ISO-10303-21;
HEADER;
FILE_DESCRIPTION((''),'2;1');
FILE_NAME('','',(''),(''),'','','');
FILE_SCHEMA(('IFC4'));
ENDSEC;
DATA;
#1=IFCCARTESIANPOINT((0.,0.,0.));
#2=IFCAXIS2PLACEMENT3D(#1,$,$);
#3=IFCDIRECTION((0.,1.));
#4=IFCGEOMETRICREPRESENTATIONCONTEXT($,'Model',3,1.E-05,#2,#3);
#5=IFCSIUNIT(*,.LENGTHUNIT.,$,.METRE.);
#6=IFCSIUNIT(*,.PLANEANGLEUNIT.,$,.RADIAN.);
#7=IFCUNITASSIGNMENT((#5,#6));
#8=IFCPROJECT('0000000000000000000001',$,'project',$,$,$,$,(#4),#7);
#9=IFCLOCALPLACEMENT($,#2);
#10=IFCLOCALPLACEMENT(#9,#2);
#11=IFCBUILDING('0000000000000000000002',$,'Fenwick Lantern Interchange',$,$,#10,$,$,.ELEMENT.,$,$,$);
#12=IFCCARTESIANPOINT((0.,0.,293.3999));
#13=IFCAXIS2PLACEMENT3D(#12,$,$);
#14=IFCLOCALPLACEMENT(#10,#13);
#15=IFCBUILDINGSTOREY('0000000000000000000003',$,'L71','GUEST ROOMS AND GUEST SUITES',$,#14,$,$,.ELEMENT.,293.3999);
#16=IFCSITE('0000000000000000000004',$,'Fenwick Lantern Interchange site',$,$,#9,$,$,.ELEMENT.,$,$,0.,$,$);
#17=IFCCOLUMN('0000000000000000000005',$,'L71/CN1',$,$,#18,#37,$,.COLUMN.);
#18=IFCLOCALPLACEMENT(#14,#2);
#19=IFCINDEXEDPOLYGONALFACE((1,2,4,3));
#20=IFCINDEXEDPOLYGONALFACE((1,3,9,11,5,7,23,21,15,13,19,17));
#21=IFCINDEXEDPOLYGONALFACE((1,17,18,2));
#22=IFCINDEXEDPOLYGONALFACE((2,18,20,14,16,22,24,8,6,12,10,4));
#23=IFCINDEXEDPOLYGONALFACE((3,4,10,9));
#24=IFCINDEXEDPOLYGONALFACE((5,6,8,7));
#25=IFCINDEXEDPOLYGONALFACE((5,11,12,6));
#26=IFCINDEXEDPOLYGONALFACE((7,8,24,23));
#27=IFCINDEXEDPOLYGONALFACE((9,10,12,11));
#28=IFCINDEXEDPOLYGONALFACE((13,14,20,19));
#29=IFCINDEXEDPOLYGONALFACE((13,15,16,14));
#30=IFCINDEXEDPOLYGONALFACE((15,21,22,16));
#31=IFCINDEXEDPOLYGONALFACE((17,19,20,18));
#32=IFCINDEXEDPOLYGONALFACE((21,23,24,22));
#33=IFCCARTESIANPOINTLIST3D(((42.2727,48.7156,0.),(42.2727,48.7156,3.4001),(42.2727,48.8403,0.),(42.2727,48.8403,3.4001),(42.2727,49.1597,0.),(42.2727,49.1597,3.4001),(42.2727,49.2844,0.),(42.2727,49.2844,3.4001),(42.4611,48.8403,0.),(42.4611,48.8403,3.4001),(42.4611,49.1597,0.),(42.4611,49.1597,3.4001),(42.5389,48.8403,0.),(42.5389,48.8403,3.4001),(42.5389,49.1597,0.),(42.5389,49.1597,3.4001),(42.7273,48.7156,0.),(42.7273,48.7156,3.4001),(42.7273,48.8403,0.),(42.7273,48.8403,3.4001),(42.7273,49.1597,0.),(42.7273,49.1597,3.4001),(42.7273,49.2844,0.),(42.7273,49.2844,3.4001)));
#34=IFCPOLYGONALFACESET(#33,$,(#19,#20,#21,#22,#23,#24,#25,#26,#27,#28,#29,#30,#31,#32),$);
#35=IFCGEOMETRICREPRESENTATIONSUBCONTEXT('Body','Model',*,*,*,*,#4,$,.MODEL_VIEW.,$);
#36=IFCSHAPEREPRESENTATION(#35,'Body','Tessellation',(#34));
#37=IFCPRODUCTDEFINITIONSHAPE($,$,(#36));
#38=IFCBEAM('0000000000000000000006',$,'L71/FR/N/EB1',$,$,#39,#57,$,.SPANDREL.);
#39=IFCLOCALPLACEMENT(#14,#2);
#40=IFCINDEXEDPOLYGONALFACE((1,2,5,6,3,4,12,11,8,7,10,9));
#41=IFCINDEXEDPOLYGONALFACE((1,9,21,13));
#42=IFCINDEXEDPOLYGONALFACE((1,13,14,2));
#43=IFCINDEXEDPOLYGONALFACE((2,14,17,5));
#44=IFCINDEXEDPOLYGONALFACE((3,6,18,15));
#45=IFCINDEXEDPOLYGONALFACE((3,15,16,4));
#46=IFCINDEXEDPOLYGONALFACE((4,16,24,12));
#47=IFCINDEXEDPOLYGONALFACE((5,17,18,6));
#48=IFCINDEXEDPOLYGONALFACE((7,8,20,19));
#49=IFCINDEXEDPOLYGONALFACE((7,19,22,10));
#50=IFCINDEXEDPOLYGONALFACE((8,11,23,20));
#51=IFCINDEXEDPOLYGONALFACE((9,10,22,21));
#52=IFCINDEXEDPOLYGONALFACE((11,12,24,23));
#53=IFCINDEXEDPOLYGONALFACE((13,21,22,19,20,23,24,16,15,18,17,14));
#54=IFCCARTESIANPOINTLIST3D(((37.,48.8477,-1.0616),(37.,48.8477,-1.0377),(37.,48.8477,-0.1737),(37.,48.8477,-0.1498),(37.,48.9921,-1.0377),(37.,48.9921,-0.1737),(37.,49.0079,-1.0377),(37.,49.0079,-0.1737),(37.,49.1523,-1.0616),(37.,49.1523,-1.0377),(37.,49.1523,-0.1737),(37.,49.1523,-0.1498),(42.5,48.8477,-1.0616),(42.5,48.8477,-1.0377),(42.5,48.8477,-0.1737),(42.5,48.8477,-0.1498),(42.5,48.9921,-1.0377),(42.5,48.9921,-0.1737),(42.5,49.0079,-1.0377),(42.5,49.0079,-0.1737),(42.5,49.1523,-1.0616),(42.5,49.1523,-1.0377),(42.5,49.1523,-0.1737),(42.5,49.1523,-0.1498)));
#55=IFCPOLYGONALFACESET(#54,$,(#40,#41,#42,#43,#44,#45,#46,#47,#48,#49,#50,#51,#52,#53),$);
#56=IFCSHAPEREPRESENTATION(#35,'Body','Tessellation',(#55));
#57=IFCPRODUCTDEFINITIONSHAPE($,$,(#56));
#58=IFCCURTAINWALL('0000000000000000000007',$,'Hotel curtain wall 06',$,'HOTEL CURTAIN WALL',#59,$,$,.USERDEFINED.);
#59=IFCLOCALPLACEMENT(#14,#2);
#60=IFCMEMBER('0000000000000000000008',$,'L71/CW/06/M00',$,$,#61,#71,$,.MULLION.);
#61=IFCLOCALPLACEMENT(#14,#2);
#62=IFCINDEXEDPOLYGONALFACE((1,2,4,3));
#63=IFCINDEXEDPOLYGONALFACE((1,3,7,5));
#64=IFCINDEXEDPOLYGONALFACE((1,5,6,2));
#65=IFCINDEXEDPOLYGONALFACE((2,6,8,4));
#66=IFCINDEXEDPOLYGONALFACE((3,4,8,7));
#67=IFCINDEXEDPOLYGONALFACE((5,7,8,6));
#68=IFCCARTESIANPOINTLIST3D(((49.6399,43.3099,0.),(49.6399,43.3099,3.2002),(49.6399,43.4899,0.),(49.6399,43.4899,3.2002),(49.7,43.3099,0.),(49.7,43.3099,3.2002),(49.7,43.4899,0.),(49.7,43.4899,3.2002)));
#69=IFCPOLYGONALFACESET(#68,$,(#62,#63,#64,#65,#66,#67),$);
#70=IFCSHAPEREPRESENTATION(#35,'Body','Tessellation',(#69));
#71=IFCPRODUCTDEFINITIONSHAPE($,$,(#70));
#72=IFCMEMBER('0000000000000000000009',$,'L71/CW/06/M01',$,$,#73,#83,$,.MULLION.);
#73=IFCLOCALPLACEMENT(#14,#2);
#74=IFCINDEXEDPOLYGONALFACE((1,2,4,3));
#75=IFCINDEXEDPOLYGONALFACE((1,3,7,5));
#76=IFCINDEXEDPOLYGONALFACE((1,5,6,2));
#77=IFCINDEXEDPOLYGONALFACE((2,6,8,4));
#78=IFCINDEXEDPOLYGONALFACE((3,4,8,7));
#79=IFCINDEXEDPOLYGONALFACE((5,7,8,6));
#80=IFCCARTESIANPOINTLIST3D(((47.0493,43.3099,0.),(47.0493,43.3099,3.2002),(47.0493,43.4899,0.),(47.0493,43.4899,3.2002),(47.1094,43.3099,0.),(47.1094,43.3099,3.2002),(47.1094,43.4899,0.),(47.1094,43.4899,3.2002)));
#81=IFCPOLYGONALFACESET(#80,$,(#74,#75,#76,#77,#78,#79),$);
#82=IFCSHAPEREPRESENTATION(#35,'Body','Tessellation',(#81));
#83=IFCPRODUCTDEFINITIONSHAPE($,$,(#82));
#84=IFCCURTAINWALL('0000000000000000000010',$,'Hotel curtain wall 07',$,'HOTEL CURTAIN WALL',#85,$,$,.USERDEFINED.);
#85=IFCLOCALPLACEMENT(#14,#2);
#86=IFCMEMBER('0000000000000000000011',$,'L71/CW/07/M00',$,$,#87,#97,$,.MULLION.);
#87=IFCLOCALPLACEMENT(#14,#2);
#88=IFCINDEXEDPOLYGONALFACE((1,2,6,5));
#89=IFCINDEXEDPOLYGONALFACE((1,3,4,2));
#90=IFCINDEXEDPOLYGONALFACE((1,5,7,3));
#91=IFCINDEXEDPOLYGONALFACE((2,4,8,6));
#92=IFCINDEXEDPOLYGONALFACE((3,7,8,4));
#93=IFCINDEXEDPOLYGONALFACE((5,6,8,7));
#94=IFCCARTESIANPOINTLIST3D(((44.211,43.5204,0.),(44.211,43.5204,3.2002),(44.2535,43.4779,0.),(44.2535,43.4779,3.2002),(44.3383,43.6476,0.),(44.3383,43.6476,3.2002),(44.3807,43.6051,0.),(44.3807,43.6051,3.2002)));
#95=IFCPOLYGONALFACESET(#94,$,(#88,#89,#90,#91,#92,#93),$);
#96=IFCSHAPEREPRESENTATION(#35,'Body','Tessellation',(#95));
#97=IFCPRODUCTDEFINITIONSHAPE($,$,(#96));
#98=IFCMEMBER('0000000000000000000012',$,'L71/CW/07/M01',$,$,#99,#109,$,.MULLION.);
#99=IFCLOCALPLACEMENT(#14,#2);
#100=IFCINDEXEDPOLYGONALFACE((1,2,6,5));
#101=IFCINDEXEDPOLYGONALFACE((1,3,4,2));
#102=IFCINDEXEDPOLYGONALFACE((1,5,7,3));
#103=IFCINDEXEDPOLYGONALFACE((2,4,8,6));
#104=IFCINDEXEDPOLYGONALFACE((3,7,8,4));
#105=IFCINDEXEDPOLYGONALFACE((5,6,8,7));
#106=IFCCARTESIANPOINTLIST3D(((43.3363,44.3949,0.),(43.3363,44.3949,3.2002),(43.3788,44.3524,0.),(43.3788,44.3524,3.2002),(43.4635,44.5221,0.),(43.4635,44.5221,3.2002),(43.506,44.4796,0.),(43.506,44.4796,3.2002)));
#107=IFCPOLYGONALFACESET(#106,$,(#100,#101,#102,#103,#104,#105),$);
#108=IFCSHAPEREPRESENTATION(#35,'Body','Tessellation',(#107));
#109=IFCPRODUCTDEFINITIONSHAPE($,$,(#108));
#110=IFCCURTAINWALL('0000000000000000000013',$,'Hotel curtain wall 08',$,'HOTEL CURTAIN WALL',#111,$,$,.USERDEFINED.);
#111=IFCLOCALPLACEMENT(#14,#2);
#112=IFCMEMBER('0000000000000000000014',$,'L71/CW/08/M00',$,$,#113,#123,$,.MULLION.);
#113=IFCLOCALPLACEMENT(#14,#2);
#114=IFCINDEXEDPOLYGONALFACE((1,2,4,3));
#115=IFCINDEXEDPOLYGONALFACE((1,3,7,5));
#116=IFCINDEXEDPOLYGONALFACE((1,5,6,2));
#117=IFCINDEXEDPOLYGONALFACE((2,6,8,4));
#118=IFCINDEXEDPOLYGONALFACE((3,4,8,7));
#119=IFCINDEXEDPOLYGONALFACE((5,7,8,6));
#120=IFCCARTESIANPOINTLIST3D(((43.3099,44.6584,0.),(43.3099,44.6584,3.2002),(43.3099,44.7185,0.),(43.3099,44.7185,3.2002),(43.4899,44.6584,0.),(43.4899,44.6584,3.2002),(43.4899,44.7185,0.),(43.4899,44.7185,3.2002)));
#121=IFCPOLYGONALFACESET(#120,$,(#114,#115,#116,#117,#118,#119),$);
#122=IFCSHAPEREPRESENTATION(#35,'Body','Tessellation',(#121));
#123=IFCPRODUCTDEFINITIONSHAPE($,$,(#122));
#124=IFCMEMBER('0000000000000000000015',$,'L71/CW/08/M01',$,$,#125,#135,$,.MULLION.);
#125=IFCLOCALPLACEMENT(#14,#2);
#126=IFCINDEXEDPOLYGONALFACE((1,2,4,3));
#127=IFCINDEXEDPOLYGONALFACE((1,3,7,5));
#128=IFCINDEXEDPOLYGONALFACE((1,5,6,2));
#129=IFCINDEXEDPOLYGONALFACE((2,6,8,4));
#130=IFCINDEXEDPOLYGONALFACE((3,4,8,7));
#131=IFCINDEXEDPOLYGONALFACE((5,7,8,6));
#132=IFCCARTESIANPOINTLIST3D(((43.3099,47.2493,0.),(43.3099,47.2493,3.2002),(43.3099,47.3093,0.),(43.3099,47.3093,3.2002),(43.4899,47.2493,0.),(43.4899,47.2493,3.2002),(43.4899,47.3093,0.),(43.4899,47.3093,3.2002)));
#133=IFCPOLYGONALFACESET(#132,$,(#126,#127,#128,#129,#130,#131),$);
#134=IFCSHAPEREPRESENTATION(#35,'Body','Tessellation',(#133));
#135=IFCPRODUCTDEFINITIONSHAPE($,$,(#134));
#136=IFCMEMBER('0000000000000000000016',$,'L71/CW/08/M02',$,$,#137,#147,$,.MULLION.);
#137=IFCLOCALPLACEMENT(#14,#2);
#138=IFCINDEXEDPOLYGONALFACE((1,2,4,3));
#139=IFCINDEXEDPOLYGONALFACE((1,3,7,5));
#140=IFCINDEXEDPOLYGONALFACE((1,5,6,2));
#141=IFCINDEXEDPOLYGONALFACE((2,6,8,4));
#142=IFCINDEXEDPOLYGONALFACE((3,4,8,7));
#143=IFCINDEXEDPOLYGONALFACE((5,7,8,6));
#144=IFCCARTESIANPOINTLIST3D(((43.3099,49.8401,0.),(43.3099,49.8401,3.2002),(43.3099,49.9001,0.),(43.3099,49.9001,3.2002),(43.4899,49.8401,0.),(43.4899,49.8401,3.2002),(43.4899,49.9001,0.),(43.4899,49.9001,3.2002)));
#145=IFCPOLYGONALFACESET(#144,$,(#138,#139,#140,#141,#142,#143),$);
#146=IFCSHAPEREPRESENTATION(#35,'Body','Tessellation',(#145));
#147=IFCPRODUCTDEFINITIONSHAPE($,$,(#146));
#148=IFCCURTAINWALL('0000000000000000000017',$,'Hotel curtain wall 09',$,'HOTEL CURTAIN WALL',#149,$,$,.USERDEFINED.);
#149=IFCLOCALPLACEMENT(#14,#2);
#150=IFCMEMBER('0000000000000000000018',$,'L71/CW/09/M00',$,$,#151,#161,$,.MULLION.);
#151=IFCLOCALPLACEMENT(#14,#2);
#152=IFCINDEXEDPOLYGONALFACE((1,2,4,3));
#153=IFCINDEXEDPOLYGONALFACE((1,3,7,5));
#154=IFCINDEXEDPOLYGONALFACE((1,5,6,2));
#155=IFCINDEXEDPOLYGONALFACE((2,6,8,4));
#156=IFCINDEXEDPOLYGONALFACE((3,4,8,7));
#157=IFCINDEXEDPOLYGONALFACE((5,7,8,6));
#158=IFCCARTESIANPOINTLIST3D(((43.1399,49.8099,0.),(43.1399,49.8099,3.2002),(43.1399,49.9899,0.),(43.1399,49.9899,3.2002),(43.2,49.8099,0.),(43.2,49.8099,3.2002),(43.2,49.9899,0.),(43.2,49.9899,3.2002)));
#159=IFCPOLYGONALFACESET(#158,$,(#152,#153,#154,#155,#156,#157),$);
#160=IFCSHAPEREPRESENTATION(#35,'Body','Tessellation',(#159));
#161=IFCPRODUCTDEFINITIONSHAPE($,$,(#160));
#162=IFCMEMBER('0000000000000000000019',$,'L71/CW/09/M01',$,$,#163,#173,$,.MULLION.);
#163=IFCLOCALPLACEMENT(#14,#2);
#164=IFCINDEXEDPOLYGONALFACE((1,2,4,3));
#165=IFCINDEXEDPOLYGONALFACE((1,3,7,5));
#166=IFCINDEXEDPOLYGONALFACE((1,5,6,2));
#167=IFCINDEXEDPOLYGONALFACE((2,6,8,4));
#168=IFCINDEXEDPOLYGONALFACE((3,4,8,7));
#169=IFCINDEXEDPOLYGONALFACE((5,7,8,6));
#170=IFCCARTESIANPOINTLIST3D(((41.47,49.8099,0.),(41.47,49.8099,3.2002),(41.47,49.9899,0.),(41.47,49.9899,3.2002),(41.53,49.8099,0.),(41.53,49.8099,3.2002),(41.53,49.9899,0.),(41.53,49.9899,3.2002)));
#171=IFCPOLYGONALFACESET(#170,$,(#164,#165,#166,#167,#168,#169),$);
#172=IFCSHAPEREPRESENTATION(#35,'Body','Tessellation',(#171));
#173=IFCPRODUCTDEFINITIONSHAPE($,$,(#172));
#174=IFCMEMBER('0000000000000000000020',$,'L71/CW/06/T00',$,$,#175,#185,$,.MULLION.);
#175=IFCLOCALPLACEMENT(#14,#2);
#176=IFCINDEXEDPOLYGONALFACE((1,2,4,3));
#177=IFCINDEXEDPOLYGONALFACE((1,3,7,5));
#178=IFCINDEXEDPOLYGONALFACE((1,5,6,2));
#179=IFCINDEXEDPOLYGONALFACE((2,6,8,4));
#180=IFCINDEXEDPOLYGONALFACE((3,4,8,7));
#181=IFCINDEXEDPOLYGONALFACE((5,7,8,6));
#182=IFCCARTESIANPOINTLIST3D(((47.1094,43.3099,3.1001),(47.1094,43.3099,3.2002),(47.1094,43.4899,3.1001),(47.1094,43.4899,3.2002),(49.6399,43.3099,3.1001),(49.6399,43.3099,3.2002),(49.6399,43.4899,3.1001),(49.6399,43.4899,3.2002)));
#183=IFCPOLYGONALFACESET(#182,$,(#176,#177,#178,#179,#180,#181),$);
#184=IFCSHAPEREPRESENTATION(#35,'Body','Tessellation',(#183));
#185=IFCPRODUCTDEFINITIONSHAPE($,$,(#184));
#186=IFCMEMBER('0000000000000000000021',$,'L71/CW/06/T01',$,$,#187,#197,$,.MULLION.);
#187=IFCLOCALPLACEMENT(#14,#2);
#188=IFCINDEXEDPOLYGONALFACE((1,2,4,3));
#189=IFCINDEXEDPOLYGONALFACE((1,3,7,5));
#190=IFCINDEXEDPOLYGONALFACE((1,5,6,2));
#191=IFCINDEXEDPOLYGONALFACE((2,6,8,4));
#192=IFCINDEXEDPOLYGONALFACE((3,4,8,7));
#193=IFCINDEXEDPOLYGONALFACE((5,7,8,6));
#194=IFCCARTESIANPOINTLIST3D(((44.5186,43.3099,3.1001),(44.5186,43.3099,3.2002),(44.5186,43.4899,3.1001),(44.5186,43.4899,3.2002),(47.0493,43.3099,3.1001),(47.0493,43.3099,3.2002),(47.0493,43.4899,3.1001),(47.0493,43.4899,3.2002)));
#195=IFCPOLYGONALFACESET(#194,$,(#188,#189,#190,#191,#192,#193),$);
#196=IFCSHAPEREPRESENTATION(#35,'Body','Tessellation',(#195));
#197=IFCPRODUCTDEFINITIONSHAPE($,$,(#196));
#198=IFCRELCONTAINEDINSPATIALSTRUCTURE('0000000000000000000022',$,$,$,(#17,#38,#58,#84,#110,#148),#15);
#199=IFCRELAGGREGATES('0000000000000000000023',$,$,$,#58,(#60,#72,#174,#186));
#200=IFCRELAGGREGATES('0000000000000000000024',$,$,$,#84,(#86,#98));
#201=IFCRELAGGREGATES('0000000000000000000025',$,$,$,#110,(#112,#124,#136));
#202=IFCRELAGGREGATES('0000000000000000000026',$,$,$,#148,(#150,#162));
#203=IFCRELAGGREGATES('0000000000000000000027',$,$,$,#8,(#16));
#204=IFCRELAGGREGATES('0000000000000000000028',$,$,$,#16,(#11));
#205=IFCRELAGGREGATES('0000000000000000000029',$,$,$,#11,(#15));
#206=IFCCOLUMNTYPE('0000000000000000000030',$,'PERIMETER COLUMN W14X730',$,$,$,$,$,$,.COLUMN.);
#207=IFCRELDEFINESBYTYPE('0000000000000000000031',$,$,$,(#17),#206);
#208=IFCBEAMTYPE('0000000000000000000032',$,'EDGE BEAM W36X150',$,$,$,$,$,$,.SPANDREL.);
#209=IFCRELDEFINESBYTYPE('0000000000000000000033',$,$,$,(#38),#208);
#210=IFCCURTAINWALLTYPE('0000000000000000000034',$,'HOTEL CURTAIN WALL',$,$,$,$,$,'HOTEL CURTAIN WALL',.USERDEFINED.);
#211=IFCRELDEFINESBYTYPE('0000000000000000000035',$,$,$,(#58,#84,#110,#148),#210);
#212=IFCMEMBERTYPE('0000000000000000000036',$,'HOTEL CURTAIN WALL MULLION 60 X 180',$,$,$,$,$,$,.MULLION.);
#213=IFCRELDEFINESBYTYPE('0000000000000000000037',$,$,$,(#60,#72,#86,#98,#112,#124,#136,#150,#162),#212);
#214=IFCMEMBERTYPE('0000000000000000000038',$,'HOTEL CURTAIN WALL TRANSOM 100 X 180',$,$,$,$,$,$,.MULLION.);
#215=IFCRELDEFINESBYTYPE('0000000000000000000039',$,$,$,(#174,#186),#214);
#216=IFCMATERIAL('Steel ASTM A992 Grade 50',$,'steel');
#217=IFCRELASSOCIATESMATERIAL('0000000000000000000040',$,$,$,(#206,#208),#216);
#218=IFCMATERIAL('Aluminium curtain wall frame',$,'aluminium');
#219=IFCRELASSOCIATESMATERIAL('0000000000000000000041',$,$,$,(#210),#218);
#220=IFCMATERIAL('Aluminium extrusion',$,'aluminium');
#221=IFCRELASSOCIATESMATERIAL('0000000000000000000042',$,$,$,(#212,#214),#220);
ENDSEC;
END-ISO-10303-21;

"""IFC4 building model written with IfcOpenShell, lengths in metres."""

from ifc_helpers import new_model, si_unit, direction, frame, origin, origin_2d, place, context, subcontext, project, spatial, rectangle, i_section, extrude, material, material_profile, profile_set, type_object, element, aggregate, save


model = new_model("IFC4")

# Units and contexts
model_context = context("Model", 3, precision=1e-05, world=origin(), true_north=direction((0.0, 1.0)))
body_context = subcontext(model_context, "Body", "Model", "MODEL_VIEW")
ifc_project = project(units=[si_unit("LENGTHUNIT", "METRE"), si_unit("PLANEANGLEUNIT", "RADIAN")], contexts=[model_context])

# Site, building, storey
site_placement = place(None, origin())
site = spatial("IfcSite", under=ifc_project, at=site_placement, Name="Fenwick Lantern Interchange site", CompositionType="ELEMENT", RefElevation=0.0)
building_placement = place(site_placement, origin())
building = spatial("IfcBuilding", under=site, at=building_placement, Name="Fenwick Lantern Interchange", CompositionType="ELEMENT")
storey_placement = place(building_placement, frame((0.0, 0.0, 293.3999)))
storey = spatial("IfcBuildingStorey", under=building, at=storey_placement, Name="L71", Description="GUEST ROOMS AND GUEST SUITES", CompositionType="ELEMENT", Elevation=293.3999)

# Column
ifc_material_1 = material(Name="Steel ASTM A992 Grade 50", Category="steel")
ifc_material_profile_1 = material_profile(ifc_material_1, i_section(OverallWidth=0.4546, OverallDepth=0.5688, WebThickness=0.0779, FlangeThickness=0.1248, at=origin_2d()), Name="W14X730")
ifc_profile_set_1 = profile_set([ifc_material_profile_1], Name="Steel ASTM A992 Grade 50")
column_type = type_object("IfcColumnType", Name="PERIMETER COLUMN W14X730", PredefinedType="COLUMN", material=ifc_profile_set_1)
column_placement = place(storey_placement, frame((42.5, 49.0, 0.0), z_axis=(0.0, 0.0, 1.0), x_axis=(1.0, 0.0, 0.0)))
element("IfcColumn", 1, at=column_placement, inside=storey, type_object=column_type, Name="L71/CN1", PredefinedType="COLUMN", context=body_context, shape_type="SweptSolid", body=[
    extrude(i_section(OverallWidth=0.4546, OverallDepth=0.5688, WebThickness=0.0779, FlangeThickness=0.1248, at=origin_2d()), origin(), (0.0, 0.0, 1.0), 3.4001),
])

# Beam
ifc_material_profile_2 = material_profile(ifc_material_1, i_section(OverallWidth=0.3047, OverallDepth=0.9119, WebThickness=0.0159, FlangeThickness=0.0239, at=origin_2d()), Name="W36X150")
ifc_profile_set_2 = profile_set([ifc_material_profile_2], Name="Steel ASTM A992 Grade 50")
beam_type = type_object("IfcBeamType", Name="EDGE BEAM W36X150", PredefinedType="SPANDREL", material=ifc_profile_set_2)
beam_placement = place(storey_placement, frame((42.5, 49.0, -0.6057), z_axis=(-1.0, 0.0, 0.0), x_axis=(0.0, -1.0, 0.0)))
element("IfcBeam", 2, at=beam_placement, inside=storey, type_object=beam_type, Name="L71/FR/N/EB1", PredefinedType="SPANDREL", context=body_context, shape_type="SweptSolid", body=[
    extrude(i_section(OverallWidth=0.3047, OverallDepth=0.9119, WebThickness=0.0159, FlangeThickness=0.0239, at=origin_2d()), origin(), (0.0, 0.0, 1.0), 5.5),
])

# Curtain walls, members
ifc_material_2 = material(Name="Aluminium curtain wall frame", Category="aluminium")
curtain_wall_type = type_object("IfcCurtainWallType", Name="HOTEL CURTAIN WALL", ElementType="HOTEL CURTAIN WALL", PredefinedType="USERDEFINED", material=ifc_material_2)
curtain_wall_1_placement = place(storey_placement, origin())
curtain_wall_1 = element("IfcCurtainWall", 3, at=curtain_wall_1_placement, inside=storey, type_object=curtain_wall_type, Name="Hotel curtain wall 06", ObjectType="HOTEL CURTAIN WALL", PredefinedType="USERDEFINED")
ifc_material_3 = material(Name="Aluminium extrusion", Category="aluminium")
ifc_material_profile_3 = material_profile(ifc_material_3, rectangle(XDim=0.1799, YDim=0.0601, at=origin_2d()), Name="HOTEL CURTAIN WALL MULLION 60 X 180")
ifc_profile_set_3 = profile_set([ifc_material_profile_3], Name="Aluminium extrusion")
member_type_1 = type_object("IfcMemberType", Name="HOTEL CURTAIN WALL MULLION 60 X 180", PredefinedType="MULLION", material=ifc_profile_set_3)
member_1_placement = place(storey_placement, frame((49.6699, 43.3999, 0.0), z_axis=(0.0, 0.0, 1.0), x_axis=(0.0, -1.0, 0.0)))
member_1 = element("IfcMember", 4, at=member_1_placement, type_object=member_type_1, Name="L71/CW/06/M00", PredefinedType="MULLION", context=body_context, shape_type="SweptSolid", body=[
    extrude(rectangle(XDim=0.1799, YDim=0.0601, at=origin_2d()), origin(), (0.0, 0.0, 1.0), 3.2002),
])
member_2_placement = place(storey_placement, frame((47.0793, 43.3999, 0.0), z_axis=(0.0, 0.0, 1.0), x_axis=(0.0, -1.0, 0.0)))
member_2 = element("IfcMember", 5, at=member_2_placement, type_object=member_type_1, Name="L71/CW/06/M01", PredefinedType="MULLION", context=body_context, shape_type="SweptSolid", body=[
    extrude(rectangle(XDim=0.1799, YDim=0.0601, at=origin_2d()), origin(), (0.0, 0.0, 1.0), 3.2002),
])
curtain_wall_2_placement = place(storey_placement, origin())
curtain_wall_2 = element("IfcCurtainWall", 6, at=curtain_wall_2_placement, inside=storey, type_object=curtain_wall_type, Name="Hotel curtain wall 07", ObjectType="HOTEL CURTAIN WALL", PredefinedType="USERDEFINED")
member_3_placement = place(storey_placement, frame((44.2959, 43.5627, 0.0), z_axis=(0.0, 0.0, 1.0), x_axis=(-0.707107, -0.707107, 0.0)))
member_3 = element("IfcMember", 7, at=member_3_placement, type_object=member_type_1, Name="L71/CW/07/M00", PredefinedType="MULLION", context=body_context, shape_type="SweptSolid", body=[
    extrude(rectangle(XDim=0.1799, YDim=0.0601, at=origin_2d()), origin(), (0.0, 0.0, 1.0), 3.2002),
])
member_4_placement = place(storey_placement, frame((43.4211, 44.4373, 0.0), z_axis=(0.0, 0.0, 1.0), x_axis=(-0.707107, -0.707107, 0.0)))
member_4 = element("IfcMember", 8, at=member_4_placement, type_object=member_type_1, Name="L71/CW/07/M01", PredefinedType="MULLION", context=body_context, shape_type="SweptSolid", body=[
    extrude(rectangle(XDim=0.1799, YDim=0.0601, at=origin_2d()), origin(), (0.0, 0.0, 1.0), 3.2002),
])
curtain_wall_3_placement = place(storey_placement, origin())
curtain_wall_3 = element("IfcCurtainWall", 9, at=curtain_wall_3_placement, inside=storey, type_object=curtain_wall_type, Name="Hotel curtain wall 08", ObjectType="HOTEL CURTAIN WALL", PredefinedType="USERDEFINED")
member_5_placement = place(storey_placement, frame((43.3999, 44.6885, 0.0), z_axis=(0.0, 0.0, 1.0), x_axis=(-1.0, 0.0, 0.0)))
member_5 = element("IfcMember", 10, at=member_5_placement, type_object=member_type_1, Name="L71/CW/08/M00", PredefinedType="MULLION", context=body_context, shape_type="SweptSolid", body=[
    extrude(rectangle(XDim=0.1799, YDim=0.0601, at=origin_2d()), origin(), (0.0, 0.0, 1.0), 3.2002),
])
member_6_placement = place(storey_placement, frame((43.3999, 47.2793, 0.0), z_axis=(0.0, 0.0, 1.0), x_axis=(-1.0, 0.0, 0.0)))
member_6 = element("IfcMember", 11, at=member_6_placement, type_object=member_type_1, Name="L71/CW/08/M01", PredefinedType="MULLION", context=body_context, shape_type="SweptSolid", body=[
    extrude(rectangle(XDim=0.1799, YDim=0.0601, at=origin_2d()), origin(), (0.0, 0.0, 1.0), 3.2002),
])
member_7_placement = place(storey_placement, frame((43.3999, 49.8701, 0.0), z_axis=(0.0, 0.0, 1.0), x_axis=(-1.0, 0.0, 0.0)))
member_7 = element("IfcMember", 12, at=member_7_placement, type_object=member_type_1, Name="L71/CW/08/M02", PredefinedType="MULLION", context=body_context, shape_type="SweptSolid", body=[
    extrude(rectangle(XDim=0.1799, YDim=0.0601, at=origin_2d()), origin(), (0.0, 0.0, 1.0), 3.2002),
])
curtain_wall_4_placement = place(storey_placement, origin())
curtain_wall_4 = element("IfcCurtainWall", 13, at=curtain_wall_4_placement, inside=storey, type_object=curtain_wall_type, Name="Hotel curtain wall 09", ObjectType="HOTEL CURTAIN WALL", PredefinedType="USERDEFINED")
member_8_placement = place(storey_placement, frame((43.1699, 49.8999, 0.0), z_axis=(0.0, 0.0, 1.0), x_axis=(0.0, -1.0, 0.0)))
member_8 = element("IfcMember", 14, at=member_8_placement, type_object=member_type_1, Name="L71/CW/09/M00", PredefinedType="MULLION", context=body_context, shape_type="SweptSolid", body=[
    extrude(rectangle(XDim=0.1799, YDim=0.0601, at=origin_2d()), origin(), (0.0, 0.0, 1.0), 3.2002),
])
member_9_placement = place(storey_placement, frame((41.5, 49.8999, 0.0), z_axis=(0.0, 0.0, 1.0), x_axis=(0.0, -1.0, 0.0)))
member_9 = element("IfcMember", 15, at=member_9_placement, type_object=member_type_1, Name="L71/CW/09/M01", PredefinedType="MULLION", context=body_context, shape_type="SweptSolid", body=[
    extrude(rectangle(XDim=0.1799, YDim=0.0601, at=origin_2d()), origin(), (0.0, 0.0, 1.0), 3.2002),
])

# Members
ifc_material_profile_4 = material_profile(ifc_material_3, rectangle(XDim=0.1799, YDim=0.1001, at=origin_2d()), Name="HOTEL CURTAIN WALL TRANSOM 100 X 180")
ifc_profile_set_4 = profile_set([ifc_material_profile_4], Name="Aluminium extrusion")
member_type_2 = type_object("IfcMemberType", Name="HOTEL CURTAIN WALL TRANSOM 100 X 180", PredefinedType="MULLION", material=ifc_profile_set_4)
member_10_placement = place(storey_placement, frame((49.6399, 43.3999, 3.1501), z_axis=(-1.0, 0.0, 0.0), x_axis=(0.0, -1.0, 0.0)))
member_10 = element("IfcMember", 16, at=member_10_placement, type_object=member_type_2, Name="L71/CW/06/T00", PredefinedType="MULLION", context=body_context, shape_type="SweptSolid", body=[
    extrude(rectangle(XDim=0.1799, YDim=0.1001, at=origin_2d()), origin(), (0.0, 0.0, 1.0), 2.5305),
])
member_11_placement = place(storey_placement, frame((47.0493, 43.3999, 3.1501), z_axis=(-1.0, 0.0, 0.0), x_axis=(0.0, -1.0, 0.0)))
member_11 = element("IfcMember", 17, at=member_11_placement, type_object=member_type_2, Name="L71/CW/06/T01", PredefinedType="MULLION", context=body_context, shape_type="SweptSolid", body=[
    extrude(rectangle(XDim=0.1799, YDim=0.1001, at=origin_2d()), origin(), (0.0, 0.0, 1.0), 2.5308),
])

aggregate(curtain_wall_1, [member_1, member_2, member_10, member_11])
aggregate(curtain_wall_2, [member_3, member_4])
aggregate(curtain_wall_3, [member_5, member_6, member_7])
aggregate(curtain_wall_4, [member_8, member_9])

save(model, "model.ifc")
